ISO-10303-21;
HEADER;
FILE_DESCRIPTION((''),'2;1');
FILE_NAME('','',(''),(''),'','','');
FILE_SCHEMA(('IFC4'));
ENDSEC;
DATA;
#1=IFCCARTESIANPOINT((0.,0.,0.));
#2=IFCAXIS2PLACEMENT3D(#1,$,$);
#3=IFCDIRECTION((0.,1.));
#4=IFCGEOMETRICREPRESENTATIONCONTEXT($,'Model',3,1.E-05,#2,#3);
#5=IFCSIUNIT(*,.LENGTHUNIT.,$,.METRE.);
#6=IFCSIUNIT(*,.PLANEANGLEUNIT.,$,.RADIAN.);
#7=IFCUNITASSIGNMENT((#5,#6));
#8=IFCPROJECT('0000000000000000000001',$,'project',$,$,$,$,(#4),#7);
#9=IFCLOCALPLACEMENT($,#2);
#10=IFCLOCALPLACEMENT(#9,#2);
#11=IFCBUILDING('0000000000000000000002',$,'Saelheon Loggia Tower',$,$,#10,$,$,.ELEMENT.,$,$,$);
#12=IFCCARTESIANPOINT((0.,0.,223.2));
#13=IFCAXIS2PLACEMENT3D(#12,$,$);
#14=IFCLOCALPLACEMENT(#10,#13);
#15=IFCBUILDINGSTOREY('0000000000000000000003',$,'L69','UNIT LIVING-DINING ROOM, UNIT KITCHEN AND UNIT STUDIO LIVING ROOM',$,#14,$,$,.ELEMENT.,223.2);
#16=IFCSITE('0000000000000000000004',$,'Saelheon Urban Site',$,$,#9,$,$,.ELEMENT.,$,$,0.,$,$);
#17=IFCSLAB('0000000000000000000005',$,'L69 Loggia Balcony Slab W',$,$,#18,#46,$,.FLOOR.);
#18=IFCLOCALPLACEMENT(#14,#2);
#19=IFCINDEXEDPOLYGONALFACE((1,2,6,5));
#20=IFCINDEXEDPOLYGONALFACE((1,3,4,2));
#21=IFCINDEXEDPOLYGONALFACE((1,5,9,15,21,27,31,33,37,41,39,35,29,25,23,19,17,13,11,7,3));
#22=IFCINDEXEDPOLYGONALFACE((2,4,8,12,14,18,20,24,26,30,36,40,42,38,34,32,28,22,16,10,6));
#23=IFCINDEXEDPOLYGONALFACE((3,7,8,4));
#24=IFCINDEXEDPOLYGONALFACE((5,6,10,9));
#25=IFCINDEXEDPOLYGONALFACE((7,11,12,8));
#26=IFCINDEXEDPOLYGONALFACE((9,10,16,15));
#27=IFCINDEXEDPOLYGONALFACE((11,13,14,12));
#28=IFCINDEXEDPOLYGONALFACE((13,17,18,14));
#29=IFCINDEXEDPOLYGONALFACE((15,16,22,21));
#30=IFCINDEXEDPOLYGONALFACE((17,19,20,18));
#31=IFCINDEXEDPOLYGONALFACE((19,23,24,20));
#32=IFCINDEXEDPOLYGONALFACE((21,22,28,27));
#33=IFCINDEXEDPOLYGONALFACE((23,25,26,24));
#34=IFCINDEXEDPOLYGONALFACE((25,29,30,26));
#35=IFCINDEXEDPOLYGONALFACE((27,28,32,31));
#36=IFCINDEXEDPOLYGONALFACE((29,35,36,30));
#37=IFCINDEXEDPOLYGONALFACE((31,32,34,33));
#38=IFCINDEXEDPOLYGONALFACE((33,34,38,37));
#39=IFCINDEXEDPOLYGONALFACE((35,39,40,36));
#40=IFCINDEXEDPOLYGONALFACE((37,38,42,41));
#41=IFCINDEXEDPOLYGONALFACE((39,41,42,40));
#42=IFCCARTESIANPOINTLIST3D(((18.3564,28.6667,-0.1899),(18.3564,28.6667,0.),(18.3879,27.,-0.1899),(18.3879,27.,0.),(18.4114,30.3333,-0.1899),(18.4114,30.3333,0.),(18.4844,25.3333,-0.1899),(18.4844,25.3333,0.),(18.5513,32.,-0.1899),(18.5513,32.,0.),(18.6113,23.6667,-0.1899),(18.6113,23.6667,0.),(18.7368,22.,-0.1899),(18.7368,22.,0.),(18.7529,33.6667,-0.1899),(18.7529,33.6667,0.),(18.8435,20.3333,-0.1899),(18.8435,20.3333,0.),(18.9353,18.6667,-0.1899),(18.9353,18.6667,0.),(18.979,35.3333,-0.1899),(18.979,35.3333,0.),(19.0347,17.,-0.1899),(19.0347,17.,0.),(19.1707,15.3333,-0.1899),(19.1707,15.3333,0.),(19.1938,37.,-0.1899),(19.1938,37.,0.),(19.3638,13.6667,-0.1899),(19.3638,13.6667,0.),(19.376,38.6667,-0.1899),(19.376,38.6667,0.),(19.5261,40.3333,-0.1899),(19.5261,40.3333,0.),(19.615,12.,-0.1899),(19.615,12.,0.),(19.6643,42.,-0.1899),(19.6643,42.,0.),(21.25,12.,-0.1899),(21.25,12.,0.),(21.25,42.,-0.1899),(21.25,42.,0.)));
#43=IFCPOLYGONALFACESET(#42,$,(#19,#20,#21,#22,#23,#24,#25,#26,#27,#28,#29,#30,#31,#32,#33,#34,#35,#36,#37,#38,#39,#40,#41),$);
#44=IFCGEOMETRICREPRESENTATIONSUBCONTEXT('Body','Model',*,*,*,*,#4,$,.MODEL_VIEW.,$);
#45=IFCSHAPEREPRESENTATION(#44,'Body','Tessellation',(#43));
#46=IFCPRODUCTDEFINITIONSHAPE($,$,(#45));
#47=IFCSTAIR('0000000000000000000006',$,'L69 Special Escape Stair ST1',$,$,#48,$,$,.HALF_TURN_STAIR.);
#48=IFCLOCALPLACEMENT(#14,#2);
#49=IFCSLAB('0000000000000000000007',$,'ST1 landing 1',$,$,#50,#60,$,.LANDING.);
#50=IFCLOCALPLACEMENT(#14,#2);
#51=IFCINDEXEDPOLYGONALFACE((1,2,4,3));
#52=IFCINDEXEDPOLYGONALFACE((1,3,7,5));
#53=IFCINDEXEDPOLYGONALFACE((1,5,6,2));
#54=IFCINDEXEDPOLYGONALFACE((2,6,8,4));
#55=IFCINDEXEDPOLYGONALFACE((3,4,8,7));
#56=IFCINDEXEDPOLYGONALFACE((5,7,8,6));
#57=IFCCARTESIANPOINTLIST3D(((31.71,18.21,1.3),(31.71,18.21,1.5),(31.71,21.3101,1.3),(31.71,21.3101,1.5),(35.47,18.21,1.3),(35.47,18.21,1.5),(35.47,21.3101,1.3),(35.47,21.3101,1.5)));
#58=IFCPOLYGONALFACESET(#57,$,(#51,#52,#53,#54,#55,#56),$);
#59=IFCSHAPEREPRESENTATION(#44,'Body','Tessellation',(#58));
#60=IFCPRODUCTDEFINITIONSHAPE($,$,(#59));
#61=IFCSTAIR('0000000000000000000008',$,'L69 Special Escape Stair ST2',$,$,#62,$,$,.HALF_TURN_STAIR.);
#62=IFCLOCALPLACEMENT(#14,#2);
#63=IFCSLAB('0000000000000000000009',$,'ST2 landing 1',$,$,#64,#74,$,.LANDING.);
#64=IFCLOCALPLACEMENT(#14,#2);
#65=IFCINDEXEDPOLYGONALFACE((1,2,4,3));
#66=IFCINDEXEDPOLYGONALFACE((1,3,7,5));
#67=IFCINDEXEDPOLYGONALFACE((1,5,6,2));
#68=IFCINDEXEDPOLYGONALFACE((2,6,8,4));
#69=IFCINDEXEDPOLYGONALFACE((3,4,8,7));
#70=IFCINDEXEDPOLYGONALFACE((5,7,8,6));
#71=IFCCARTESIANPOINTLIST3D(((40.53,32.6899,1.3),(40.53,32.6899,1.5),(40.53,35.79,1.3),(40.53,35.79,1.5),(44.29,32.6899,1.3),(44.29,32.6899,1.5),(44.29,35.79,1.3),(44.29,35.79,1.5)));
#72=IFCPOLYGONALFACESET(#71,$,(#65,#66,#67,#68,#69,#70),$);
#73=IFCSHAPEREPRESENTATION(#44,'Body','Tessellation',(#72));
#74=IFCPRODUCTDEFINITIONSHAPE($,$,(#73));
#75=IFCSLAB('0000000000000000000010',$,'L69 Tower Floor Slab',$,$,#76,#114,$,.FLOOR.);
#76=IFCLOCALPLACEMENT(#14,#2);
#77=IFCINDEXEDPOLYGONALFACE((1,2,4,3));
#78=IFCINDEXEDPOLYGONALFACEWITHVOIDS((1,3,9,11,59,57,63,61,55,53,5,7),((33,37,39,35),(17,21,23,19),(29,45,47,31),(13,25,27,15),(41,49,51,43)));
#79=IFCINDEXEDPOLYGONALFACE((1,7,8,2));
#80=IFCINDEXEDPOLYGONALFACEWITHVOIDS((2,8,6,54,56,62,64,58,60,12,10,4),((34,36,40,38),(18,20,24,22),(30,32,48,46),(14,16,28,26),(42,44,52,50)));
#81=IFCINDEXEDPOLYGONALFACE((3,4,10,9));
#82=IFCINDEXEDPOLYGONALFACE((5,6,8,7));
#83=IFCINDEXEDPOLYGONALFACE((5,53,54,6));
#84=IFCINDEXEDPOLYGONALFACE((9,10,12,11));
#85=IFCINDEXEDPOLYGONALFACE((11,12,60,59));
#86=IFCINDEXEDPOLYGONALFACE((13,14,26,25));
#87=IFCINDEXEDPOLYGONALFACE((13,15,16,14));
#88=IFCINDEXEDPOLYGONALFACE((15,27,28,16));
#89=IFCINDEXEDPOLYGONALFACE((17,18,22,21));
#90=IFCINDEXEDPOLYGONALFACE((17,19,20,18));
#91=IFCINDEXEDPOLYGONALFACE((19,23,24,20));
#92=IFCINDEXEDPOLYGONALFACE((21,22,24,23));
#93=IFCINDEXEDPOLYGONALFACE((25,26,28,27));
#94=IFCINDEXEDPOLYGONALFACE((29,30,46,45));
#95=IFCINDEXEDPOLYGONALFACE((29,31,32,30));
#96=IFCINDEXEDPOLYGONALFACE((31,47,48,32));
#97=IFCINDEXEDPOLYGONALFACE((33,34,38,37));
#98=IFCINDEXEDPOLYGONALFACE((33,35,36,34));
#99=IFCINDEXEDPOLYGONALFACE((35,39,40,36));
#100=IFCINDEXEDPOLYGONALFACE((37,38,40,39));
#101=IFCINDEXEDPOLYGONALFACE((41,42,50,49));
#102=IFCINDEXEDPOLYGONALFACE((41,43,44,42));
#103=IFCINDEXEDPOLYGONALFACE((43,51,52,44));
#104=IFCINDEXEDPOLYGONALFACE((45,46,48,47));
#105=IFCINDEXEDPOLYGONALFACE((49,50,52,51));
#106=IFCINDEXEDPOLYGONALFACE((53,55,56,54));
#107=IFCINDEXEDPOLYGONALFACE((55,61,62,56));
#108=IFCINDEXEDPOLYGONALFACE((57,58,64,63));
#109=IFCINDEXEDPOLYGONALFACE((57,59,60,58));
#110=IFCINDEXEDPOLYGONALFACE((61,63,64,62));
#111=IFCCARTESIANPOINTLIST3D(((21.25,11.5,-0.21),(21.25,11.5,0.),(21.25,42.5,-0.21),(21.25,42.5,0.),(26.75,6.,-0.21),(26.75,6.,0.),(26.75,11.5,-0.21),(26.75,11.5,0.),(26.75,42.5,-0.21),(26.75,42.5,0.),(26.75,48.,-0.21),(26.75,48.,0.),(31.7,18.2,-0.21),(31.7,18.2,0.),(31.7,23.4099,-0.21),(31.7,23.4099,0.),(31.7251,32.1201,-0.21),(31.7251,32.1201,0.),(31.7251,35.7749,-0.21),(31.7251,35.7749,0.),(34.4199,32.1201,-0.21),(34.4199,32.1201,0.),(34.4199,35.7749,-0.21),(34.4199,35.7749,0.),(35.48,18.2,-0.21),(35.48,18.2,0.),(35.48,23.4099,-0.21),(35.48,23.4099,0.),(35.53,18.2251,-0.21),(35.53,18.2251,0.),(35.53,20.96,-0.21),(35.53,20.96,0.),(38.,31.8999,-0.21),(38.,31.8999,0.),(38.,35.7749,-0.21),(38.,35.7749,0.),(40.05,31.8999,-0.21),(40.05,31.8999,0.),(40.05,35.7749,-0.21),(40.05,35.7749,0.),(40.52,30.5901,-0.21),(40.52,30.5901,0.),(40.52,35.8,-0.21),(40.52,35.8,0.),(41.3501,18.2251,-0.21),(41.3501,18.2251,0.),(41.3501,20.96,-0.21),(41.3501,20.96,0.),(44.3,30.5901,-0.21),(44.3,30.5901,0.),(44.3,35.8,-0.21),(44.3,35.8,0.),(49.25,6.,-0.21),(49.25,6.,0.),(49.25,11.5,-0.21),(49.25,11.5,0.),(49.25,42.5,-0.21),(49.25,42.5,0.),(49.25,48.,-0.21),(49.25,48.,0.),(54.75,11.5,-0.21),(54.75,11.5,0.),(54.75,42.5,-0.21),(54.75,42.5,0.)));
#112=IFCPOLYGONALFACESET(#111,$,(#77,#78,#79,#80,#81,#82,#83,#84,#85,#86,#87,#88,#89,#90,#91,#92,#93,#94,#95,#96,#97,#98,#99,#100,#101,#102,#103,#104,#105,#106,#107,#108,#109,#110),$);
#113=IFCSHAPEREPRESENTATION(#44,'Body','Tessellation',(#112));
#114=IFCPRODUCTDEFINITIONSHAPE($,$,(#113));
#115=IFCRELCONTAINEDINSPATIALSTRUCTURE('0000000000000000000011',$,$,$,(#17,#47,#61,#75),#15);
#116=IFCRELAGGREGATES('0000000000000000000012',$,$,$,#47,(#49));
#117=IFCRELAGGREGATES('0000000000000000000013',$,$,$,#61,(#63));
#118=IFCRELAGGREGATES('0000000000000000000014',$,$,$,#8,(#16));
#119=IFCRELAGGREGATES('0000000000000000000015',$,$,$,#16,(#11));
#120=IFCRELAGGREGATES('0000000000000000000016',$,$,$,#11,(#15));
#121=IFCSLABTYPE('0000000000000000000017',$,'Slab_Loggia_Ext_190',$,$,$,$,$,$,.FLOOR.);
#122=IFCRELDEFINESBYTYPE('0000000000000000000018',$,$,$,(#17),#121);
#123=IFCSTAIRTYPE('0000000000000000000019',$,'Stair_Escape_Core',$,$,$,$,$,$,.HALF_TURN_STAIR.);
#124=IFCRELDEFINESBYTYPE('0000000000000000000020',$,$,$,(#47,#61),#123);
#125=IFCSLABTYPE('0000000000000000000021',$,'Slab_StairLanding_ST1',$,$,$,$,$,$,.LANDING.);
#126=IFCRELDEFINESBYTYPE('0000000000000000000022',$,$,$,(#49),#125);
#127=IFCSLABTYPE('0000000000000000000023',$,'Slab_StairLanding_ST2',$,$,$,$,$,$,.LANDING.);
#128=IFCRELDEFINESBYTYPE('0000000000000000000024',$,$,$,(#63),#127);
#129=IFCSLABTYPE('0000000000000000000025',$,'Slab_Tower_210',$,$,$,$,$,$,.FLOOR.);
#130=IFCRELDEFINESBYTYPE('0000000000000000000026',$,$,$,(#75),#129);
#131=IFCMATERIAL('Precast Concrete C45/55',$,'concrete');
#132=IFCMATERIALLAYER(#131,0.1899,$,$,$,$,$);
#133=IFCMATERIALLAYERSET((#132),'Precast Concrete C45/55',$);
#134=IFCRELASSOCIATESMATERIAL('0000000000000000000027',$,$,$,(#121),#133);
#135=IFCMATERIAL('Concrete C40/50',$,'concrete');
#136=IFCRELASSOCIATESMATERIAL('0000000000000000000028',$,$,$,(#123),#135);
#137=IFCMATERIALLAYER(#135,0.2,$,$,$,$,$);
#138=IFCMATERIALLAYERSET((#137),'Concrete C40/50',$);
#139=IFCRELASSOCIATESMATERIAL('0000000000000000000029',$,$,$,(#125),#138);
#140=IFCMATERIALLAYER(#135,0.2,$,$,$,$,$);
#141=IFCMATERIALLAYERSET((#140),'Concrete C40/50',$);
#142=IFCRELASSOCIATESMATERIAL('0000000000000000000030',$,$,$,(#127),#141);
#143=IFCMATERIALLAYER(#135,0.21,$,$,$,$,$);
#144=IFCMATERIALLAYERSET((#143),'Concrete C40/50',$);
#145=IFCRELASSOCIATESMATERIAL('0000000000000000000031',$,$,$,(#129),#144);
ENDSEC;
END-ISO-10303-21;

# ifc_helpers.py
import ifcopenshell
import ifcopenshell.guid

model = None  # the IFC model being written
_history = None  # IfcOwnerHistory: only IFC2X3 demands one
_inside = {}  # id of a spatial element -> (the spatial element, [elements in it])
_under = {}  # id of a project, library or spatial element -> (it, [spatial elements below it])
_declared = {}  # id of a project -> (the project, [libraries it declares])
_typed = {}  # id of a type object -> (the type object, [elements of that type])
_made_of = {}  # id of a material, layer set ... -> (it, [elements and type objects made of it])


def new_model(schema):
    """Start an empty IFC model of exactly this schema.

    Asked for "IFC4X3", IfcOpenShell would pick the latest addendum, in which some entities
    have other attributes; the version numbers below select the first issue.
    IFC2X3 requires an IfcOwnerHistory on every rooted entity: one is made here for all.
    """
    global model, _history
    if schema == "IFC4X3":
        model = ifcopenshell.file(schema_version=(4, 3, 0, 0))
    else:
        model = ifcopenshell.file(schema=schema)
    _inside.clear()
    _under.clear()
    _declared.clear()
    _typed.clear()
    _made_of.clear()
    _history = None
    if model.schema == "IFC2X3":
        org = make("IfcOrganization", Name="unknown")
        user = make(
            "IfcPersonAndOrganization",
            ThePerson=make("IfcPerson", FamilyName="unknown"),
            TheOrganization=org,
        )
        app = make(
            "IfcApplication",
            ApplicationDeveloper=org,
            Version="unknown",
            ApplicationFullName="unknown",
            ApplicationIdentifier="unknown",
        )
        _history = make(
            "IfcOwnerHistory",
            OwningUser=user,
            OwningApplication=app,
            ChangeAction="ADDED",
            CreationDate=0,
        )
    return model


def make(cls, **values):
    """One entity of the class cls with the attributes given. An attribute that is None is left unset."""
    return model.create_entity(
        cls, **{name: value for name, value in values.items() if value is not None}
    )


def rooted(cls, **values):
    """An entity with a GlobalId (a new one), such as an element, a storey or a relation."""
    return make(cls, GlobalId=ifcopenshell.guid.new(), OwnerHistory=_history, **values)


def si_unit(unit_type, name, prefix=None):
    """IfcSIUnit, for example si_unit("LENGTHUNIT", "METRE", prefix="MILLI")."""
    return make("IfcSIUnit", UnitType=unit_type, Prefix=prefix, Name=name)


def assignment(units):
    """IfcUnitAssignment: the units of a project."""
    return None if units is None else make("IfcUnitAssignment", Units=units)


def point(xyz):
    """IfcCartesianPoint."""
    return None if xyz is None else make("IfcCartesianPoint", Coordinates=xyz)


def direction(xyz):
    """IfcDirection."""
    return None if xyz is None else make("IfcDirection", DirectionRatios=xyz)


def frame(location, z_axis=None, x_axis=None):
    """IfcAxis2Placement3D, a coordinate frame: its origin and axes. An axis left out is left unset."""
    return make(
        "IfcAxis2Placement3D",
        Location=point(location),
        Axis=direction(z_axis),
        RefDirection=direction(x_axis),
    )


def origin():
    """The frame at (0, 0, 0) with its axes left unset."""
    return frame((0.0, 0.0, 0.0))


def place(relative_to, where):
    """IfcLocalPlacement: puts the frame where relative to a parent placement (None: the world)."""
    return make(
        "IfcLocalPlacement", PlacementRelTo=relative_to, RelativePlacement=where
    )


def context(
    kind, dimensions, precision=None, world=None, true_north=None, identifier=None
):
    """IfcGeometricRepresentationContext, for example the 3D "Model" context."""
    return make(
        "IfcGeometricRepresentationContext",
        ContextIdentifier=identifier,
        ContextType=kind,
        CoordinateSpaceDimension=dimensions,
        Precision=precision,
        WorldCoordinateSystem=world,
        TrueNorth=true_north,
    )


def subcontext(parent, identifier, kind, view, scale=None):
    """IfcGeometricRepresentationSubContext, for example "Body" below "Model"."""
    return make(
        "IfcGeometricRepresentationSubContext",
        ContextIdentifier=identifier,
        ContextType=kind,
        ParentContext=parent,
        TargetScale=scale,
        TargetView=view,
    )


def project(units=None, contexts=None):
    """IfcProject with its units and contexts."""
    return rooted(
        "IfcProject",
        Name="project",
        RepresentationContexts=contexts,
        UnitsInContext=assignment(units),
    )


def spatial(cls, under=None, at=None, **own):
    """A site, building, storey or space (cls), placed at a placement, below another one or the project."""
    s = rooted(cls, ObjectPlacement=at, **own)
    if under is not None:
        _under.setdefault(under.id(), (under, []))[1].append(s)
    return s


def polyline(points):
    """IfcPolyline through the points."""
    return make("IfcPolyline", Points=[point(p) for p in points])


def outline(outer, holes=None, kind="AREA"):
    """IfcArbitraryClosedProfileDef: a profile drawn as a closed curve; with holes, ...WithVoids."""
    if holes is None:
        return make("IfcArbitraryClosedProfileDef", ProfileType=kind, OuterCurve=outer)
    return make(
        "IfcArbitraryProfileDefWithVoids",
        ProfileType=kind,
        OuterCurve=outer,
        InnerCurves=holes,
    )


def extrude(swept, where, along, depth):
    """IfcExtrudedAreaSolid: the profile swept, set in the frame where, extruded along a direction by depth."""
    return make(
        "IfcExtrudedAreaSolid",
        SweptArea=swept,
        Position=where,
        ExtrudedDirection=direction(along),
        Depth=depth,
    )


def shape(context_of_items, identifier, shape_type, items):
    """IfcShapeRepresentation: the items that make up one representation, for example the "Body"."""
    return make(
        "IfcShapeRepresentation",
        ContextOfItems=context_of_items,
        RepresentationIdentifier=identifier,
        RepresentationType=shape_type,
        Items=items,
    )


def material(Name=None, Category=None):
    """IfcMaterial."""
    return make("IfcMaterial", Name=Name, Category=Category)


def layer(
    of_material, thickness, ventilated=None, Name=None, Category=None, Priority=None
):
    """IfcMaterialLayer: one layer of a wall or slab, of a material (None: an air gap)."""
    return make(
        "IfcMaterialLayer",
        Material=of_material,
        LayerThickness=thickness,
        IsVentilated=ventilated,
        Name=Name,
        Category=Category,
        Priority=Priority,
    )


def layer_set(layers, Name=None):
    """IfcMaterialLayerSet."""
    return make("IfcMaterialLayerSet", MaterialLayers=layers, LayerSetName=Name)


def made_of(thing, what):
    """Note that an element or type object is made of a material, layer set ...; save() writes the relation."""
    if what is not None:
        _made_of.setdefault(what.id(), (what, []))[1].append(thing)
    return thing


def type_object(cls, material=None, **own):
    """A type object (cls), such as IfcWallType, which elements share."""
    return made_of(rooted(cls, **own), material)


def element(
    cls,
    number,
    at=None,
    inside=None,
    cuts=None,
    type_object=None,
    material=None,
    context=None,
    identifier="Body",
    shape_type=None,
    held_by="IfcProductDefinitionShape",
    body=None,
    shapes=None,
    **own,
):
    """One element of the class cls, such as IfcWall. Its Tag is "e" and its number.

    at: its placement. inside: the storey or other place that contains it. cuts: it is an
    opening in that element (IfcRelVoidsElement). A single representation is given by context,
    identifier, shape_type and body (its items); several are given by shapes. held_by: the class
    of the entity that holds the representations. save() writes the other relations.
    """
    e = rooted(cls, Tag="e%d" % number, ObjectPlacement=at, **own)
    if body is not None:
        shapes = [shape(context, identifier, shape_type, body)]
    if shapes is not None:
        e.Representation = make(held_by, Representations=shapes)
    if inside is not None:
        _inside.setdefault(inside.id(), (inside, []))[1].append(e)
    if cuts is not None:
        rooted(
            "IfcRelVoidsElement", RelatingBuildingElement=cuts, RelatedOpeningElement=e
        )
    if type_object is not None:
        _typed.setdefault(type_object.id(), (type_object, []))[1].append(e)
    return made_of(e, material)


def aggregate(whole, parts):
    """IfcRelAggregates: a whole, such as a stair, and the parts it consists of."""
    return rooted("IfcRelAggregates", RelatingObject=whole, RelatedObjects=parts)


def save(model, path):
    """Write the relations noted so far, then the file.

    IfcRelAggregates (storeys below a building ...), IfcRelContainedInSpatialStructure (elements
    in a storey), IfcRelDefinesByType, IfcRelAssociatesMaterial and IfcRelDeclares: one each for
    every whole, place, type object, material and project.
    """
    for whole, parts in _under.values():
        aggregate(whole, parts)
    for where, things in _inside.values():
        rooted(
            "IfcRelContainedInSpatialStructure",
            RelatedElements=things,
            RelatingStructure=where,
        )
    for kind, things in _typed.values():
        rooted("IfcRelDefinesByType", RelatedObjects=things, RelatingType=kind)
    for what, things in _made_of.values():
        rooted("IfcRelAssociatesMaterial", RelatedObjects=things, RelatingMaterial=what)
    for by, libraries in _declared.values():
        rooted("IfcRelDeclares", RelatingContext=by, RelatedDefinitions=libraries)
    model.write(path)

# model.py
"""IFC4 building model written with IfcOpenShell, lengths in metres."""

from ifc_helpers import new_model, si_unit, direction, frame, origin, place, context, subcontext, project, spatial, polyline, outline, extrude, material, layer, layer_set, type_object, element, aggregate, save


model = new_model("IFC4")

# Units and contexts
model_context = context("Model", 3, precision=1e-05, world=origin(), true_north=direction((0.0, 1.0)))
body_context = subcontext(model_context, "Body", "Model", "MODEL_VIEW")
ifc_project = project(units=[si_unit("LENGTHUNIT", "METRE"), si_unit("PLANEANGLEUNIT", "RADIAN")], contexts=[model_context])

# Site, building, storey
site_placement = place(None, origin())
site = spatial("IfcSite", under=ifc_project, at=site_placement, Name="Saelheon Urban Site", CompositionType="ELEMENT", RefElevation=0.0)
building_placement = place(site_placement, origin())
building = spatial("IfcBuilding", under=site, at=building_placement, Name="Saelheon Loggia Tower", CompositionType="ELEMENT")
storey_placement = place(building_placement, frame((0.0, 0.0, 223.2)))
storey = spatial("IfcBuildingStorey", under=building, at=storey_placement, Name="L69", Description="UNIT LIVING-DINING ROOM, UNIT KITCHEN AND UNIT STUDIO LIVING ROOM", CompositionType="ELEMENT", Elevation=223.2)

# Shared definitions
ifc_material_1 = material(Name="Precast Concrete C45/55", Category="concrete")

# Shared definitions
ifc_material_2 = material(Name="Concrete C40/50", Category="concrete")

# Slab
ifc_layer_1 = layer(ifc_material_1, 0.1899)
ifc_layer_set_1 = layer_set([ifc_layer_1], Name="Precast Concrete C45/55")
slab_type_1 = type_object("IfcSlabType", Name="Slab_Loggia_Ext_190", PredefinedType="FLOOR", material=ifc_layer_set_1)
slab_1_placement = place(storey_placement, frame((0.0, 0.0, -0.1899)))
element("IfcSlab", 1, at=slab_1_placement, inside=storey, type_object=slab_type_1, Name="L69 Loggia Balcony Slab W", PredefinedType="FLOOR", context=body_context, shape_type="SweptSolid", body=[
    extrude(outline(polyline([(21.25, 12.0), (21.25, 42.0), (19.6643, 42.0), (19.5261, 40.3333), (19.376, 38.6667), (19.1938, 37.0), (18.979, 35.3333), (18.7529, 33.6667), (18.5513, 32.0), (18.4114, 30.3333), (18.3564, 28.6667), (18.3879, 27.0), (18.4844, 25.3333), (18.6113, 23.6667), (18.7368, 22.0), (18.8435, 20.3333), (18.9353, 18.6667), (19.0347, 17.0), (19.1707, 15.3333), (19.3638, 13.6667), (19.615, 12.0), (21.25, 12.0)])), origin(), (0.0, 0.0, 1.0), 0.1899),
])

# Stairs, slabs
stair_type = type_object("IfcStairType", Name="Stair_Escape_Core", PredefinedType="HALF_TURN_STAIR", material=ifc_material_2)
stair_1_placement = place(storey_placement, origin())
stair_1 = element("IfcStair", 2, at=stair_1_placement, inside=storey, type_object=stair_type, Name="L69 Special Escape Stair ST1", PredefinedType="HALF_TURN_STAIR")
ifc_layer_2 = layer(ifc_material_2, 0.2)
ifc_layer_set_2 = layer_set([ifc_layer_2], Name="Concrete C40/50")
slab_type_2 = type_object("IfcSlabType", Name="Slab_StairLanding_ST1", PredefinedType="LANDING", material=ifc_layer_set_2)
slab_2_placement = place(storey_placement, frame((0.0, 0.0, 1.3)))
slab_2 = element("IfcSlab", 3, at=slab_2_placement, type_object=slab_type_2, Name="ST1 landing 1", PredefinedType="LANDING", context=body_context, shape_type="SweptSolid", body=[
    extrude(outline(polyline([(31.71, 21.3101), (31.71, 18.21), (35.47, 18.21), (35.47, 21.3101), (31.71, 21.3101)])), origin(), (0.0, 0.0, 1.0), 0.2),
])
aggregate(stair_1, [slab_2])
stair_2_placement = place(storey_placement, origin())
stair_2 = element("IfcStair", 4, at=stair_2_placement, inside=storey, type_object=stair_type, Name="L69 Special Escape Stair ST2", PredefinedType="HALF_TURN_STAIR")
ifc_layer_3 = layer(ifc_material_2, 0.2)
ifc_layer_set_3 = layer_set([ifc_layer_3], Name="Concrete C40/50")
slab_type_3 = type_object("IfcSlabType", Name="Slab_StairLanding_ST2", PredefinedType="LANDING", material=ifc_layer_set_3)
slab_3_placement = place(storey_placement, frame((0.0, 0.0, 1.3)))
slab_3 = element("IfcSlab", 5, at=slab_3_placement, type_object=slab_type_3, Name="ST2 landing 1", PredefinedType="LANDING", context=body_context, shape_type="SweptSolid", body=[
    extrude(outline(polyline([(44.29, 32.6899), (44.29, 35.79), (40.53, 35.79), (40.53, 32.6899), (44.29, 32.6899)])), origin(), (0.0, 0.0, 1.0), 0.2),
])
aggregate(stair_2, [slab_3])

# Slab
ifc_layer_4 = layer(ifc_material_2, 0.21)
ifc_layer_set_4 = layer_set([ifc_layer_4], Name="Concrete C40/50")
slab_type_4 = type_object("IfcSlabType", Name="Slab_Tower_210", PredefinedType="FLOOR", material=ifc_layer_set_4)
slab_4_placement = place(storey_placement, frame((0.0, 0.0, -0.21)))
element("IfcSlab", 6, at=slab_4_placement, inside=storey, type_object=slab_type_4, Name="L69 Tower Floor Slab", PredefinedType="FLOOR", context=body_context, shape_type="SweptSolid", body=[
    extrude(outline(polyline([(26.75, 6.0), (49.25, 6.0), (49.25, 11.5), (54.75, 11.5), (54.75, 42.5), (49.25, 42.5), (49.25, 48.0), (26.75, 48.0), (26.75, 42.5), (21.25, 42.5), (21.25, 11.5), (26.75, 11.5), (26.75, 6.0)]), holes=[polyline([(31.7, 23.4099), (31.7, 18.2), (35.48, 18.2), (35.48, 23.4099), (31.7, 23.4099)]), polyline([(44.3, 30.5901), (44.3, 35.8), (40.52, 35.8), (40.52, 30.5901), (44.3, 30.5901)]), polyline([(35.53, 18.2251), (41.3501, 18.2251), (41.3501, 20.96), (35.53, 20.96), (35.53, 18.2251)]), polyline([(31.7251, 32.1201), (34.4199, 32.1201), (34.4199, 35.7749), (31.7251, 35.7749), (31.7251, 32.1201)]), polyline([(38.0, 31.8999), (40.05, 31.8999), (40.05, 35.7749), (38.0, 35.7749), (38.0, 31.8999)])]), origin(), (0.0, 0.0, 1.0), 0.21),
])

save(model, "model.ifc")
